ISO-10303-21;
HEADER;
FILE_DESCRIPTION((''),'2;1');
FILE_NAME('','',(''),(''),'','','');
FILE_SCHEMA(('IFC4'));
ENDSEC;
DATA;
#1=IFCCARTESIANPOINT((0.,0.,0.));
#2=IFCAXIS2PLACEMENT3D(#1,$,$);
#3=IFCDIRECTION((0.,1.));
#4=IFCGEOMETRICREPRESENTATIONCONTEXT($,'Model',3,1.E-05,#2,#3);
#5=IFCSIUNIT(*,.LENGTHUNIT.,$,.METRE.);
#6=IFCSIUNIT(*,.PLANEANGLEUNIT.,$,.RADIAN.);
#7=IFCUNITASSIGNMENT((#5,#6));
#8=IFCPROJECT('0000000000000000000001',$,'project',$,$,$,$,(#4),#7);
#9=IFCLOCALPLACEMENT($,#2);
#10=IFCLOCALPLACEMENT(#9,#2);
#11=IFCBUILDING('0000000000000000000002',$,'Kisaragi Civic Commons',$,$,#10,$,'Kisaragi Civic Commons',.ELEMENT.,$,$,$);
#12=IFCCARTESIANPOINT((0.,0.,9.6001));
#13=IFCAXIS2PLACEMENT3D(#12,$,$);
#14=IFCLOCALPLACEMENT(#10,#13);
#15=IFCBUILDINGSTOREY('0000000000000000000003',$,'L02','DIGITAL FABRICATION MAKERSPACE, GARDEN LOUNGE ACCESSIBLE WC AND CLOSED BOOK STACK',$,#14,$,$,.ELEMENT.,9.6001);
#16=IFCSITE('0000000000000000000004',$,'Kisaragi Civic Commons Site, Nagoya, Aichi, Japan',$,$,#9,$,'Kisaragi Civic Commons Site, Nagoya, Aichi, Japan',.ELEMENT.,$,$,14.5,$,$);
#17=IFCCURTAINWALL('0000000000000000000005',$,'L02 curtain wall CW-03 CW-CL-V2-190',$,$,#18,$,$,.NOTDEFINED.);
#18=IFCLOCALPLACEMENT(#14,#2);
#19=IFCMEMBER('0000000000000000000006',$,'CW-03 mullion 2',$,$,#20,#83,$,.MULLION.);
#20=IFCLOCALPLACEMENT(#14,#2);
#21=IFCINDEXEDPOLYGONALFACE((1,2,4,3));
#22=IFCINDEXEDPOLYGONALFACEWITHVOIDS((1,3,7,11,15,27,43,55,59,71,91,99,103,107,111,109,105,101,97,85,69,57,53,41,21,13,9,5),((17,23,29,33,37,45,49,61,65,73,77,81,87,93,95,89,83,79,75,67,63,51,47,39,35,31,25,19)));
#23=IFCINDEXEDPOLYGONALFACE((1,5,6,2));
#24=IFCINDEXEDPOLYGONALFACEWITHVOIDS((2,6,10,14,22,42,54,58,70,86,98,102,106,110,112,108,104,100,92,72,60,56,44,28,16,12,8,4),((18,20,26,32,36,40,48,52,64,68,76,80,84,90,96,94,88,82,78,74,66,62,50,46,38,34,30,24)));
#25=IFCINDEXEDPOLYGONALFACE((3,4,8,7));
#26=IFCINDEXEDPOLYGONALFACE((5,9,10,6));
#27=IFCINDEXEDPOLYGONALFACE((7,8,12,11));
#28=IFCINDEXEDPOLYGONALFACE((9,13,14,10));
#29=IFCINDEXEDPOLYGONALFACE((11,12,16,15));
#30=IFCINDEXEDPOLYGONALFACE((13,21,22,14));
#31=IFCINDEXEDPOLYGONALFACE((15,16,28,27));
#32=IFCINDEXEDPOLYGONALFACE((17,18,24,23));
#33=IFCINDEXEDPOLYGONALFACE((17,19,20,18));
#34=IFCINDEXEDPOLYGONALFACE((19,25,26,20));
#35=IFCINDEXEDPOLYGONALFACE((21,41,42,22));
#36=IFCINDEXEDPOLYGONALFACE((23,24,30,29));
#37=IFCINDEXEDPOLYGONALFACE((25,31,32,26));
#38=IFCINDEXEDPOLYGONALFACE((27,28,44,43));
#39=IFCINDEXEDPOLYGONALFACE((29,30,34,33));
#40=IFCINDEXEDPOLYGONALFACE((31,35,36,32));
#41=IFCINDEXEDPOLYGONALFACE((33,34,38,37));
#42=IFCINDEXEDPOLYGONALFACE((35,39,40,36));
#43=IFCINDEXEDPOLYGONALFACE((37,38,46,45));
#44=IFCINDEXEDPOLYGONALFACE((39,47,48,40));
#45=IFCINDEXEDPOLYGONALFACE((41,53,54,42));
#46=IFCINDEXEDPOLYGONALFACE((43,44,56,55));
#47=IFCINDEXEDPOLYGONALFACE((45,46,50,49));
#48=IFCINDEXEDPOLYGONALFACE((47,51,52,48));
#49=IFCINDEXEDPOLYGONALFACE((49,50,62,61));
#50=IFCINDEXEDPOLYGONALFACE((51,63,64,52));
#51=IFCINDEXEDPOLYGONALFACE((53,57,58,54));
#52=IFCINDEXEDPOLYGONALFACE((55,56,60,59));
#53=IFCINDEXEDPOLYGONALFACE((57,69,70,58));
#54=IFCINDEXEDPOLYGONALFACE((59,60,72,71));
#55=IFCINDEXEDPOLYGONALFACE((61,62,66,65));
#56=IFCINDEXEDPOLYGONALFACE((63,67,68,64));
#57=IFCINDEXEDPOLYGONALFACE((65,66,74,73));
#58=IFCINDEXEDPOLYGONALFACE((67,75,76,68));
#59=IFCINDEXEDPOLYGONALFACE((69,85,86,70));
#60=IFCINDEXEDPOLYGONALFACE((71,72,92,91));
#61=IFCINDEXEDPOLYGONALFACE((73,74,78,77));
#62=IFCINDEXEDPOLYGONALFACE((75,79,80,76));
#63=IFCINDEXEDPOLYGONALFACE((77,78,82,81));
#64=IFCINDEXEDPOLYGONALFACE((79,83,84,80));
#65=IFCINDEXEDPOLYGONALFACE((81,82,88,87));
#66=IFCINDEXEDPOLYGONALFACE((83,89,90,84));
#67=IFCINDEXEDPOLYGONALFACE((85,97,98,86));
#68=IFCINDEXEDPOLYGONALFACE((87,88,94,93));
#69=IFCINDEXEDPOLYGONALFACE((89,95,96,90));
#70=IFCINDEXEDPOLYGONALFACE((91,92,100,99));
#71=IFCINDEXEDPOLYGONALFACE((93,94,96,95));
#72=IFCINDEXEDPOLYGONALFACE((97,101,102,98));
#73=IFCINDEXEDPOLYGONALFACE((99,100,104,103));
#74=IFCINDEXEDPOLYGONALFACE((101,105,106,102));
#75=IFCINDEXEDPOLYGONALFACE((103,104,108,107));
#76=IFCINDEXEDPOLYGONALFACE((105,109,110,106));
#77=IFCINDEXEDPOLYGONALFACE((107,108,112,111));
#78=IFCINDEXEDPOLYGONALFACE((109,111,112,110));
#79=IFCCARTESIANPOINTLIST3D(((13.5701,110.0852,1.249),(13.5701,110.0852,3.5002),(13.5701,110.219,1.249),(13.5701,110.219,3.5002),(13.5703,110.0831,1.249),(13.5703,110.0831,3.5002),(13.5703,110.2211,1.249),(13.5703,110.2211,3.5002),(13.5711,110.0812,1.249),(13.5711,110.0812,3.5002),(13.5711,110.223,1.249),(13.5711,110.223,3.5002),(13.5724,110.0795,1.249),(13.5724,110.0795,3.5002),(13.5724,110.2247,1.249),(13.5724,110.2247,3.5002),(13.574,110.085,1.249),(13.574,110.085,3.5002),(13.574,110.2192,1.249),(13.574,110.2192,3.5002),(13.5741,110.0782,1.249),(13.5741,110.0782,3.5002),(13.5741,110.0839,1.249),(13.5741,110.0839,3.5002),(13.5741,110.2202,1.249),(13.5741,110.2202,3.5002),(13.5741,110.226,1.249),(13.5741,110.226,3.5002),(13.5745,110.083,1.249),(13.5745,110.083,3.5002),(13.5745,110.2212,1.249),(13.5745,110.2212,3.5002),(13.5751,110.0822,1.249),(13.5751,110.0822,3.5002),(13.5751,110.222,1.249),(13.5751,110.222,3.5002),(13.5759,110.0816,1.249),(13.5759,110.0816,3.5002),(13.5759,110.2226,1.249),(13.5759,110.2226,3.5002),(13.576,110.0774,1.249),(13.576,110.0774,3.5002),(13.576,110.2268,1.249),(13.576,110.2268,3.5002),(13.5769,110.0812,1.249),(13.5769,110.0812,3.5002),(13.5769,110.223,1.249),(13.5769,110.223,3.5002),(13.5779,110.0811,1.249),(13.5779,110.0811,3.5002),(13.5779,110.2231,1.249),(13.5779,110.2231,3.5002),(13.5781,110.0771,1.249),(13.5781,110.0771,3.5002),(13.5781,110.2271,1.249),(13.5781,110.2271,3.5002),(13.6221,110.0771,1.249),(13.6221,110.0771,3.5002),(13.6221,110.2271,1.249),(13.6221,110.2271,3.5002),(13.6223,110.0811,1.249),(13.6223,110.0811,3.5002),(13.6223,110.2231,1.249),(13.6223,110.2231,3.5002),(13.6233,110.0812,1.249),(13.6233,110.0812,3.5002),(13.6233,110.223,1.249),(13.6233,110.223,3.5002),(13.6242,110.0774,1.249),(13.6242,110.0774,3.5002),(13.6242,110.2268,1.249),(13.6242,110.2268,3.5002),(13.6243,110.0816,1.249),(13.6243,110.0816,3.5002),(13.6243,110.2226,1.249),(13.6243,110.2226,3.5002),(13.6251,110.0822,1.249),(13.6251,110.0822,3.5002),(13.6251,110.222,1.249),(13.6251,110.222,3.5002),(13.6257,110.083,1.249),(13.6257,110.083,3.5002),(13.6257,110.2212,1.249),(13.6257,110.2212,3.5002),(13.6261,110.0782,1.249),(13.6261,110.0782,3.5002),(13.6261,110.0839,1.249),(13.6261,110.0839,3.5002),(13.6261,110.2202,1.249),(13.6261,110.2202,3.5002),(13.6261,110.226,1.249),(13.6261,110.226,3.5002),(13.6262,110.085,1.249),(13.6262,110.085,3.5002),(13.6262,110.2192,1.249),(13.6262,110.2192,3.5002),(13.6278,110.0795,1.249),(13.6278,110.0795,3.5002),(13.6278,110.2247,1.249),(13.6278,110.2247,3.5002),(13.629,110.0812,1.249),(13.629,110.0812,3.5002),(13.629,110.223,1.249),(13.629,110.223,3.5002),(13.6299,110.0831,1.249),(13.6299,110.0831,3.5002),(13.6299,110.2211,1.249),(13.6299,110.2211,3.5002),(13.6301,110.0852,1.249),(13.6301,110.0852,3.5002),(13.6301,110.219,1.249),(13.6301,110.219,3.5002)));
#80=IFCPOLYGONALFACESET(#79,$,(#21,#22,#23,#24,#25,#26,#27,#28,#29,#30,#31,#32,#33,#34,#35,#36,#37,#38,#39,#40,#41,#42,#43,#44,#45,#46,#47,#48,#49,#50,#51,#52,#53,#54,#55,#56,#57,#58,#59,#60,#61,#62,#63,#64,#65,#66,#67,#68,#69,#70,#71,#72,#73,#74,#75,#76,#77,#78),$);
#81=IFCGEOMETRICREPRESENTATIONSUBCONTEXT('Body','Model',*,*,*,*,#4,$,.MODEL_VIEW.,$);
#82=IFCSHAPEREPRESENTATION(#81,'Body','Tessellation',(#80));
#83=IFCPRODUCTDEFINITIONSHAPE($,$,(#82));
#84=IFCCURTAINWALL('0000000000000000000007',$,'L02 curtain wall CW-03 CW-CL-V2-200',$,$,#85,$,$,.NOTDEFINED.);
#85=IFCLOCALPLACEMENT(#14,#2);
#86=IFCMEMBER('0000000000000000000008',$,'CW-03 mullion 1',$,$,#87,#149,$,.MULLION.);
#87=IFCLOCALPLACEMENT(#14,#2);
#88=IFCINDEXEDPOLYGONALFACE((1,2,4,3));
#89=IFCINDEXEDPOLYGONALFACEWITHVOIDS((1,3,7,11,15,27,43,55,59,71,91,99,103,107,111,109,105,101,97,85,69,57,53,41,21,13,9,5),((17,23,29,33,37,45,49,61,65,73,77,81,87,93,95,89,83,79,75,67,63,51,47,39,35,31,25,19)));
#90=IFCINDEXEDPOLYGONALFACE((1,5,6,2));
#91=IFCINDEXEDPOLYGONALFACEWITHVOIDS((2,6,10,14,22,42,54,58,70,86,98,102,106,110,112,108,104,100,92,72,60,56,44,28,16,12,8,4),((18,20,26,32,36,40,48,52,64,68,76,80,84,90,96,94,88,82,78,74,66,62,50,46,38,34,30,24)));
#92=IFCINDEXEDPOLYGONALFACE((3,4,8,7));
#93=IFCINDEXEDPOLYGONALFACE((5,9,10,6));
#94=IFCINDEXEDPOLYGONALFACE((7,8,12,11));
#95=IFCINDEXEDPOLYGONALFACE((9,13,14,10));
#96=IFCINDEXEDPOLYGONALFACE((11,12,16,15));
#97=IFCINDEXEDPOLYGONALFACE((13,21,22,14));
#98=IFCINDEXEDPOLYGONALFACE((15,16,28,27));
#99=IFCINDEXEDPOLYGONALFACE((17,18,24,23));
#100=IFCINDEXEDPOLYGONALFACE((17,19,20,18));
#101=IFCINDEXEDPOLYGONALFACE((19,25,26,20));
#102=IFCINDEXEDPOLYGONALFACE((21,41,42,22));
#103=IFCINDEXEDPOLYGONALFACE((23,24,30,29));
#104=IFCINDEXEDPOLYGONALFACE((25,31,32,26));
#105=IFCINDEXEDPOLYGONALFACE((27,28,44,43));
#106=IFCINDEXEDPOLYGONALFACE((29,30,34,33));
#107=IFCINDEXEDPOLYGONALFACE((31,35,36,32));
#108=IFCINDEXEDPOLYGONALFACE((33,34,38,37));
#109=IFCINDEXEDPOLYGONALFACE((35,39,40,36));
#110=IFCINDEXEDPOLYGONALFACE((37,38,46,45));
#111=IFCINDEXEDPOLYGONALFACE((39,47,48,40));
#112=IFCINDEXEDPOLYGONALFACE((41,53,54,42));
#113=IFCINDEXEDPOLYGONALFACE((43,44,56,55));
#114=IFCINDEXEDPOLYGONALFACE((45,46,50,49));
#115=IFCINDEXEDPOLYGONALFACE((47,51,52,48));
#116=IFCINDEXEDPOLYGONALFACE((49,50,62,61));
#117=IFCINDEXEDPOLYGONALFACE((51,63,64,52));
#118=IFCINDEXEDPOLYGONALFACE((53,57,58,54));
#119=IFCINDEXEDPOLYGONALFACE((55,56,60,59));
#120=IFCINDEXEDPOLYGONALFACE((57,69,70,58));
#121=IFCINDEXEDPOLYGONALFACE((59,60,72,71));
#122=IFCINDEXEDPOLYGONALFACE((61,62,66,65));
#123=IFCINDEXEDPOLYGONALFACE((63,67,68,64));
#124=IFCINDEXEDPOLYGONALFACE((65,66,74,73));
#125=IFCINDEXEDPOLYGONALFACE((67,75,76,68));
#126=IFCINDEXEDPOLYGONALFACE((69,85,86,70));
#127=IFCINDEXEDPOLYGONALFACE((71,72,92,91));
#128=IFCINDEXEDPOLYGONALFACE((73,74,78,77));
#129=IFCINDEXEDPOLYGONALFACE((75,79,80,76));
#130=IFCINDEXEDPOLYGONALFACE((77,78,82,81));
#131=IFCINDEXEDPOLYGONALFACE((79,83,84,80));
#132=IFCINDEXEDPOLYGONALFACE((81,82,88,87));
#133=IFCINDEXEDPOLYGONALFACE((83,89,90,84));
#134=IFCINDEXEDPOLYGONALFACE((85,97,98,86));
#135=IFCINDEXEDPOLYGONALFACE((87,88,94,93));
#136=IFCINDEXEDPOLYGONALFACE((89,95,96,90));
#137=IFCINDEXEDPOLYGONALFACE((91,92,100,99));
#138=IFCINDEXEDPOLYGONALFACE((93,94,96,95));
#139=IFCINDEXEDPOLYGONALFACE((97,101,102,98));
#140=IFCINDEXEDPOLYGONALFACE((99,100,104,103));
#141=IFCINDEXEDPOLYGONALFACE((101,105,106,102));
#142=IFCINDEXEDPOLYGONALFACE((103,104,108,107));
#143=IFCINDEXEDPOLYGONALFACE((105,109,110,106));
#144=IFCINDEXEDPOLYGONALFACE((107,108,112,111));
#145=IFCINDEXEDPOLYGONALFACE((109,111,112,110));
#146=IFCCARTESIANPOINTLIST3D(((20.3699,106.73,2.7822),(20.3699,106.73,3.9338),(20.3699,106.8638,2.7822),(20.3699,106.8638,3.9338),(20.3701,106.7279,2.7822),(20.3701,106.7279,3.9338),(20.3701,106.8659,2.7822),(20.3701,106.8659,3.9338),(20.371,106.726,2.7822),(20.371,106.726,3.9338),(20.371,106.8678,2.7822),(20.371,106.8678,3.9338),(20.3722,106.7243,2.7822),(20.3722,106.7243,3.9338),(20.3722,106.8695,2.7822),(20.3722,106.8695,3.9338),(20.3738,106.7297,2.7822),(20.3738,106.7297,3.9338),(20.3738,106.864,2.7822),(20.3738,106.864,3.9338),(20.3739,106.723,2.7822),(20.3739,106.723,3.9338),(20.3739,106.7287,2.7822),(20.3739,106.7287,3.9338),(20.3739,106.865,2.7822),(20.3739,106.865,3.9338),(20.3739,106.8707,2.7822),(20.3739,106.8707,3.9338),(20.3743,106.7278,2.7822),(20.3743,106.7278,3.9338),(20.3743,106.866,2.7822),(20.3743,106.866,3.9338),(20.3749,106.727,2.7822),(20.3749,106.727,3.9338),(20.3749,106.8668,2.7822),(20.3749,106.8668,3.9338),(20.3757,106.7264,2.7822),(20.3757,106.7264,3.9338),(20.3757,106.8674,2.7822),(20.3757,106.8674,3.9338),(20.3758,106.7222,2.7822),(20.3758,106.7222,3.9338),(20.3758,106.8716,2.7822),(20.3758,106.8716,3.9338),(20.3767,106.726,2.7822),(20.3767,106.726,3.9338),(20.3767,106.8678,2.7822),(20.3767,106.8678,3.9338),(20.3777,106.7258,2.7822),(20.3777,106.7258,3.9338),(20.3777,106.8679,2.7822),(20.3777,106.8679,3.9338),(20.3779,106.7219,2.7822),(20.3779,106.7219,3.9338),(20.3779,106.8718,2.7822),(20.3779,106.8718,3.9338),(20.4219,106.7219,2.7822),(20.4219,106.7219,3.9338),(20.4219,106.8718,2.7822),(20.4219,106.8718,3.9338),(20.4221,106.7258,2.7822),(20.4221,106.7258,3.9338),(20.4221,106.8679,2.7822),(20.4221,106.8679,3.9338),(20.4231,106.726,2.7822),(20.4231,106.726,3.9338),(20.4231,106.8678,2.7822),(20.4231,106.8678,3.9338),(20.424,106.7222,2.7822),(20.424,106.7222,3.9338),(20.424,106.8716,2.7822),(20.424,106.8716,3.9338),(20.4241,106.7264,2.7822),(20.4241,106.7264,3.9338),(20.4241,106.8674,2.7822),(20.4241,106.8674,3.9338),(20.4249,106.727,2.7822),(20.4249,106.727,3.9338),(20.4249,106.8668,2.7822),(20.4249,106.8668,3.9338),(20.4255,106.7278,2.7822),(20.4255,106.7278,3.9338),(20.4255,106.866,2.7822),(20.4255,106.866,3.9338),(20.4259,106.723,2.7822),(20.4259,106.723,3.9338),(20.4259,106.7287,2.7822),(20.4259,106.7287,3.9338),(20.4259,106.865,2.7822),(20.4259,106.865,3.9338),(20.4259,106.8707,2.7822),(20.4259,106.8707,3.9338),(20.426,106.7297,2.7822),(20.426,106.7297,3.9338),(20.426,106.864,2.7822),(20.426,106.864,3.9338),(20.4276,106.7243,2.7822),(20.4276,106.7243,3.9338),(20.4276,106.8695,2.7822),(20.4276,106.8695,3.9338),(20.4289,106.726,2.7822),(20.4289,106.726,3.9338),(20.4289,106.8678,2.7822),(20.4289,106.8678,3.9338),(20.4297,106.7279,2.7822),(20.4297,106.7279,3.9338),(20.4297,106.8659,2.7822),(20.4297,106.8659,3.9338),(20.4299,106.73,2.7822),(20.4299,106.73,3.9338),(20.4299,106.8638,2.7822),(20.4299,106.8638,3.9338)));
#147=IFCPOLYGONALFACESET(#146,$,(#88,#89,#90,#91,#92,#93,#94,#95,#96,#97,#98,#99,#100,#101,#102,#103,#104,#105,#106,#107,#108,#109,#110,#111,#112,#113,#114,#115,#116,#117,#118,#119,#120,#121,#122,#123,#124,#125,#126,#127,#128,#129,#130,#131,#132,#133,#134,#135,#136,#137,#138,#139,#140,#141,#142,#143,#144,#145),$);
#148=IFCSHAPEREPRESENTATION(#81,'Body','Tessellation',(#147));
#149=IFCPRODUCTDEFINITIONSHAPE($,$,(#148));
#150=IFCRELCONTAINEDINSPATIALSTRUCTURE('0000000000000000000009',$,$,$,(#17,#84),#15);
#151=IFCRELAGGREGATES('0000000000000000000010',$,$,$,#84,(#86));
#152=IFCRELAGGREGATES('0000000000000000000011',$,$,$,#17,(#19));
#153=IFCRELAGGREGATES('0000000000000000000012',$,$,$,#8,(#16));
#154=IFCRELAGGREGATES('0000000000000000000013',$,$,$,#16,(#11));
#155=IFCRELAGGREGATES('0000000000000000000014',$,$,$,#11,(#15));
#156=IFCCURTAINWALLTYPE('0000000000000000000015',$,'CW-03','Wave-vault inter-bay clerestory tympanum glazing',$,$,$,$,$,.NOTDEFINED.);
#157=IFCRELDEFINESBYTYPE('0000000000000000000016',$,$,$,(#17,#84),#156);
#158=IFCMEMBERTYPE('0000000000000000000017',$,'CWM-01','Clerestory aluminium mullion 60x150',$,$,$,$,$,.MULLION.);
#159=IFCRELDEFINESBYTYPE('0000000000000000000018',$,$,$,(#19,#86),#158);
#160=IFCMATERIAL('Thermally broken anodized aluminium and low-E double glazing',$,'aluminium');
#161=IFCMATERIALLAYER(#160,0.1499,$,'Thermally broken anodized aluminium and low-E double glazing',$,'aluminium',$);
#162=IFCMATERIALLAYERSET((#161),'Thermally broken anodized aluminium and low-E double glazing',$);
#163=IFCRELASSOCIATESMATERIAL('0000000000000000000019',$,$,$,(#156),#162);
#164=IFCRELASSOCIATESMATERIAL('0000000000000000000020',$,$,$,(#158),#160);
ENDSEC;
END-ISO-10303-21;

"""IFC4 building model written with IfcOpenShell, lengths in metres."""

from ifc_helpers import new_model, si_unit, direction, frame, origin, origin_2d, place, context, subcontext, project, spatial, hollow_rectangle, extrude, material, layer, layer_set, material_profile, profile_set, type_object, element, aggregate, save


model = new_model("IFC4")

# Units and contexts
model_context = context("Model", 3, precision=1e-05, world=origin(), true_north=direction((0.0, 1.0)))
body_context = subcontext(model_context, "Body", "Model", "MODEL_VIEW")
ifc_project = project(units=[si_unit("LENGTHUNIT", "METRE"), si_unit("PLANEANGLEUNIT", "RADIAN")], contexts=[model_context])

# Site, building, storey
site_placement = place(None, origin())
site = spatial("IfcSite", under=ifc_project, at=site_placement, Name="Kisaragi Civic Commons Site, Nagoya, Aichi, Japan", LongName="Kisaragi Civic Commons Site, Nagoya, Aichi, Japan", CompositionType="ELEMENT", RefElevation=14.5)
building_placement = place(site_placement, origin())
building = spatial("IfcBuilding", under=site, at=building_placement, Name="Kisaragi Civic Commons", LongName="Kisaragi Civic Commons", CompositionType="ELEMENT")
storey_placement = place(building_placement, frame((0.0, 0.0, 9.6001)))
storey = spatial("IfcBuildingStorey", under=building, at=storey_placement, Name="L02", Description="DIGITAL FABRICATION MAKERSPACE, GARDEN LOUNGE ACCESSIBLE WC AND CLOSED BOOK STACK", CompositionType="ELEMENT", Elevation=9.6001)

# Shared definitions
ifc_material_1 = material(Name="Thermally broken anodized aluminium and low-E double glazing", Category="aluminium")
ifc_layer_1 = layer(ifc_material_1, 0.1499, Name="Thermally broken anodized aluminium and low-E double glazing", Category="aluminium")
ifc_layer_set_1 = layer_set([ifc_layer_1], Name="Thermally broken anodized aluminium and low-E double glazing")
curtain_wall_type = type_object("IfcCurtainWallType", Name="CW-03", Description="Wave-vault inter-bay clerestory tympanum glazing", PredefinedType="NOTDEFINED", material=ifc_layer_set_1)
ifc_material_profile_1 = material_profile(ifc_material_1, hollow_rectangle(XDim=0.0601, YDim=0.1499, WallThickness=0.0039, InnerFilletRadius=0.0039, OuterFilletRadius=0.0081, at=origin_2d()), Name="CWM-60x150x4", Category="aluminium")
ifc_profile_set_1 = profile_set([ifc_material_profile_1], Name="Thermally broken anodized aluminium and low-E double glazing")
member_type_1 = type_object("IfcMemberType", Name="CWM-01", Description="Clerestory aluminium mullion 60x150", PredefinedType="MULLION", material=ifc_profile_set_1)

# Curtain wall, member
curtain_wall_1_placement = place(storey_placement, origin())
curtain_wall_1 = element("IfcCurtainWall", 1, at=curtain_wall_1_placement, inside=storey, type_object=curtain_wall_type, Name="L02 curtain wall CW-03 CW-CL-V2-190", PredefinedType="NOTDEFINED")
member_1_placement = place(storey_placement, frame((13.6001, 110.1521, 1.249), z_axis=(0.0, 0.0, 1.0), x_axis=(-1.0, 0.0, 0.0)))
member_1 = element("IfcMember", 2, at=member_1_placement, type_object=member_type_1, Name="CW-03 mullion 2", PredefinedType="MULLION", context=body_context, shape_type="SweptSolid", body=[
    extrude(hollow_rectangle(XDim=0.0601, YDim=0.1499, WallThickness=0.0039, InnerFilletRadius=0.0039, OuterFilletRadius=0.0081, at=origin_2d()), origin(), (0.0, 0.0, 1.0), 2.2512),
])

# Curtain wall, member
curtain_wall_2_placement = place(storey_placement, origin())
curtain_wall_2 = element("IfcCurtainWall", 3, at=curtain_wall_2_placement, inside=storey, type_object=curtain_wall_type, Name="L02 curtain wall CW-03 CW-CL-V2-200", PredefinedType="NOTDEFINED")
member_2_placement = place(storey_placement, frame((20.3999, 106.7969, 2.7822), z_axis=(0.0, 0.0, 1.0), x_axis=(-1.0, 0.0, 0.0)))
member_2 = element("IfcMember", 4, at=member_2_placement, type_object=member_type_1, Name="CW-03 mullion 1", PredefinedType="MULLION", context=body_context, shape_type="SweptSolid", body=[
    extrude(hollow_rectangle(XDim=0.0601, YDim=0.1499, WallThickness=0.0039, InnerFilletRadius=0.0039, OuterFilletRadius=0.0081, at=origin_2d()), origin(), (0.0, 0.0, 1.0), 1.1516),
])

aggregate(curtain_wall_2, [member_2])

aggregate(curtain_wall_1, [member_1])

save(model, "model.ifc")
